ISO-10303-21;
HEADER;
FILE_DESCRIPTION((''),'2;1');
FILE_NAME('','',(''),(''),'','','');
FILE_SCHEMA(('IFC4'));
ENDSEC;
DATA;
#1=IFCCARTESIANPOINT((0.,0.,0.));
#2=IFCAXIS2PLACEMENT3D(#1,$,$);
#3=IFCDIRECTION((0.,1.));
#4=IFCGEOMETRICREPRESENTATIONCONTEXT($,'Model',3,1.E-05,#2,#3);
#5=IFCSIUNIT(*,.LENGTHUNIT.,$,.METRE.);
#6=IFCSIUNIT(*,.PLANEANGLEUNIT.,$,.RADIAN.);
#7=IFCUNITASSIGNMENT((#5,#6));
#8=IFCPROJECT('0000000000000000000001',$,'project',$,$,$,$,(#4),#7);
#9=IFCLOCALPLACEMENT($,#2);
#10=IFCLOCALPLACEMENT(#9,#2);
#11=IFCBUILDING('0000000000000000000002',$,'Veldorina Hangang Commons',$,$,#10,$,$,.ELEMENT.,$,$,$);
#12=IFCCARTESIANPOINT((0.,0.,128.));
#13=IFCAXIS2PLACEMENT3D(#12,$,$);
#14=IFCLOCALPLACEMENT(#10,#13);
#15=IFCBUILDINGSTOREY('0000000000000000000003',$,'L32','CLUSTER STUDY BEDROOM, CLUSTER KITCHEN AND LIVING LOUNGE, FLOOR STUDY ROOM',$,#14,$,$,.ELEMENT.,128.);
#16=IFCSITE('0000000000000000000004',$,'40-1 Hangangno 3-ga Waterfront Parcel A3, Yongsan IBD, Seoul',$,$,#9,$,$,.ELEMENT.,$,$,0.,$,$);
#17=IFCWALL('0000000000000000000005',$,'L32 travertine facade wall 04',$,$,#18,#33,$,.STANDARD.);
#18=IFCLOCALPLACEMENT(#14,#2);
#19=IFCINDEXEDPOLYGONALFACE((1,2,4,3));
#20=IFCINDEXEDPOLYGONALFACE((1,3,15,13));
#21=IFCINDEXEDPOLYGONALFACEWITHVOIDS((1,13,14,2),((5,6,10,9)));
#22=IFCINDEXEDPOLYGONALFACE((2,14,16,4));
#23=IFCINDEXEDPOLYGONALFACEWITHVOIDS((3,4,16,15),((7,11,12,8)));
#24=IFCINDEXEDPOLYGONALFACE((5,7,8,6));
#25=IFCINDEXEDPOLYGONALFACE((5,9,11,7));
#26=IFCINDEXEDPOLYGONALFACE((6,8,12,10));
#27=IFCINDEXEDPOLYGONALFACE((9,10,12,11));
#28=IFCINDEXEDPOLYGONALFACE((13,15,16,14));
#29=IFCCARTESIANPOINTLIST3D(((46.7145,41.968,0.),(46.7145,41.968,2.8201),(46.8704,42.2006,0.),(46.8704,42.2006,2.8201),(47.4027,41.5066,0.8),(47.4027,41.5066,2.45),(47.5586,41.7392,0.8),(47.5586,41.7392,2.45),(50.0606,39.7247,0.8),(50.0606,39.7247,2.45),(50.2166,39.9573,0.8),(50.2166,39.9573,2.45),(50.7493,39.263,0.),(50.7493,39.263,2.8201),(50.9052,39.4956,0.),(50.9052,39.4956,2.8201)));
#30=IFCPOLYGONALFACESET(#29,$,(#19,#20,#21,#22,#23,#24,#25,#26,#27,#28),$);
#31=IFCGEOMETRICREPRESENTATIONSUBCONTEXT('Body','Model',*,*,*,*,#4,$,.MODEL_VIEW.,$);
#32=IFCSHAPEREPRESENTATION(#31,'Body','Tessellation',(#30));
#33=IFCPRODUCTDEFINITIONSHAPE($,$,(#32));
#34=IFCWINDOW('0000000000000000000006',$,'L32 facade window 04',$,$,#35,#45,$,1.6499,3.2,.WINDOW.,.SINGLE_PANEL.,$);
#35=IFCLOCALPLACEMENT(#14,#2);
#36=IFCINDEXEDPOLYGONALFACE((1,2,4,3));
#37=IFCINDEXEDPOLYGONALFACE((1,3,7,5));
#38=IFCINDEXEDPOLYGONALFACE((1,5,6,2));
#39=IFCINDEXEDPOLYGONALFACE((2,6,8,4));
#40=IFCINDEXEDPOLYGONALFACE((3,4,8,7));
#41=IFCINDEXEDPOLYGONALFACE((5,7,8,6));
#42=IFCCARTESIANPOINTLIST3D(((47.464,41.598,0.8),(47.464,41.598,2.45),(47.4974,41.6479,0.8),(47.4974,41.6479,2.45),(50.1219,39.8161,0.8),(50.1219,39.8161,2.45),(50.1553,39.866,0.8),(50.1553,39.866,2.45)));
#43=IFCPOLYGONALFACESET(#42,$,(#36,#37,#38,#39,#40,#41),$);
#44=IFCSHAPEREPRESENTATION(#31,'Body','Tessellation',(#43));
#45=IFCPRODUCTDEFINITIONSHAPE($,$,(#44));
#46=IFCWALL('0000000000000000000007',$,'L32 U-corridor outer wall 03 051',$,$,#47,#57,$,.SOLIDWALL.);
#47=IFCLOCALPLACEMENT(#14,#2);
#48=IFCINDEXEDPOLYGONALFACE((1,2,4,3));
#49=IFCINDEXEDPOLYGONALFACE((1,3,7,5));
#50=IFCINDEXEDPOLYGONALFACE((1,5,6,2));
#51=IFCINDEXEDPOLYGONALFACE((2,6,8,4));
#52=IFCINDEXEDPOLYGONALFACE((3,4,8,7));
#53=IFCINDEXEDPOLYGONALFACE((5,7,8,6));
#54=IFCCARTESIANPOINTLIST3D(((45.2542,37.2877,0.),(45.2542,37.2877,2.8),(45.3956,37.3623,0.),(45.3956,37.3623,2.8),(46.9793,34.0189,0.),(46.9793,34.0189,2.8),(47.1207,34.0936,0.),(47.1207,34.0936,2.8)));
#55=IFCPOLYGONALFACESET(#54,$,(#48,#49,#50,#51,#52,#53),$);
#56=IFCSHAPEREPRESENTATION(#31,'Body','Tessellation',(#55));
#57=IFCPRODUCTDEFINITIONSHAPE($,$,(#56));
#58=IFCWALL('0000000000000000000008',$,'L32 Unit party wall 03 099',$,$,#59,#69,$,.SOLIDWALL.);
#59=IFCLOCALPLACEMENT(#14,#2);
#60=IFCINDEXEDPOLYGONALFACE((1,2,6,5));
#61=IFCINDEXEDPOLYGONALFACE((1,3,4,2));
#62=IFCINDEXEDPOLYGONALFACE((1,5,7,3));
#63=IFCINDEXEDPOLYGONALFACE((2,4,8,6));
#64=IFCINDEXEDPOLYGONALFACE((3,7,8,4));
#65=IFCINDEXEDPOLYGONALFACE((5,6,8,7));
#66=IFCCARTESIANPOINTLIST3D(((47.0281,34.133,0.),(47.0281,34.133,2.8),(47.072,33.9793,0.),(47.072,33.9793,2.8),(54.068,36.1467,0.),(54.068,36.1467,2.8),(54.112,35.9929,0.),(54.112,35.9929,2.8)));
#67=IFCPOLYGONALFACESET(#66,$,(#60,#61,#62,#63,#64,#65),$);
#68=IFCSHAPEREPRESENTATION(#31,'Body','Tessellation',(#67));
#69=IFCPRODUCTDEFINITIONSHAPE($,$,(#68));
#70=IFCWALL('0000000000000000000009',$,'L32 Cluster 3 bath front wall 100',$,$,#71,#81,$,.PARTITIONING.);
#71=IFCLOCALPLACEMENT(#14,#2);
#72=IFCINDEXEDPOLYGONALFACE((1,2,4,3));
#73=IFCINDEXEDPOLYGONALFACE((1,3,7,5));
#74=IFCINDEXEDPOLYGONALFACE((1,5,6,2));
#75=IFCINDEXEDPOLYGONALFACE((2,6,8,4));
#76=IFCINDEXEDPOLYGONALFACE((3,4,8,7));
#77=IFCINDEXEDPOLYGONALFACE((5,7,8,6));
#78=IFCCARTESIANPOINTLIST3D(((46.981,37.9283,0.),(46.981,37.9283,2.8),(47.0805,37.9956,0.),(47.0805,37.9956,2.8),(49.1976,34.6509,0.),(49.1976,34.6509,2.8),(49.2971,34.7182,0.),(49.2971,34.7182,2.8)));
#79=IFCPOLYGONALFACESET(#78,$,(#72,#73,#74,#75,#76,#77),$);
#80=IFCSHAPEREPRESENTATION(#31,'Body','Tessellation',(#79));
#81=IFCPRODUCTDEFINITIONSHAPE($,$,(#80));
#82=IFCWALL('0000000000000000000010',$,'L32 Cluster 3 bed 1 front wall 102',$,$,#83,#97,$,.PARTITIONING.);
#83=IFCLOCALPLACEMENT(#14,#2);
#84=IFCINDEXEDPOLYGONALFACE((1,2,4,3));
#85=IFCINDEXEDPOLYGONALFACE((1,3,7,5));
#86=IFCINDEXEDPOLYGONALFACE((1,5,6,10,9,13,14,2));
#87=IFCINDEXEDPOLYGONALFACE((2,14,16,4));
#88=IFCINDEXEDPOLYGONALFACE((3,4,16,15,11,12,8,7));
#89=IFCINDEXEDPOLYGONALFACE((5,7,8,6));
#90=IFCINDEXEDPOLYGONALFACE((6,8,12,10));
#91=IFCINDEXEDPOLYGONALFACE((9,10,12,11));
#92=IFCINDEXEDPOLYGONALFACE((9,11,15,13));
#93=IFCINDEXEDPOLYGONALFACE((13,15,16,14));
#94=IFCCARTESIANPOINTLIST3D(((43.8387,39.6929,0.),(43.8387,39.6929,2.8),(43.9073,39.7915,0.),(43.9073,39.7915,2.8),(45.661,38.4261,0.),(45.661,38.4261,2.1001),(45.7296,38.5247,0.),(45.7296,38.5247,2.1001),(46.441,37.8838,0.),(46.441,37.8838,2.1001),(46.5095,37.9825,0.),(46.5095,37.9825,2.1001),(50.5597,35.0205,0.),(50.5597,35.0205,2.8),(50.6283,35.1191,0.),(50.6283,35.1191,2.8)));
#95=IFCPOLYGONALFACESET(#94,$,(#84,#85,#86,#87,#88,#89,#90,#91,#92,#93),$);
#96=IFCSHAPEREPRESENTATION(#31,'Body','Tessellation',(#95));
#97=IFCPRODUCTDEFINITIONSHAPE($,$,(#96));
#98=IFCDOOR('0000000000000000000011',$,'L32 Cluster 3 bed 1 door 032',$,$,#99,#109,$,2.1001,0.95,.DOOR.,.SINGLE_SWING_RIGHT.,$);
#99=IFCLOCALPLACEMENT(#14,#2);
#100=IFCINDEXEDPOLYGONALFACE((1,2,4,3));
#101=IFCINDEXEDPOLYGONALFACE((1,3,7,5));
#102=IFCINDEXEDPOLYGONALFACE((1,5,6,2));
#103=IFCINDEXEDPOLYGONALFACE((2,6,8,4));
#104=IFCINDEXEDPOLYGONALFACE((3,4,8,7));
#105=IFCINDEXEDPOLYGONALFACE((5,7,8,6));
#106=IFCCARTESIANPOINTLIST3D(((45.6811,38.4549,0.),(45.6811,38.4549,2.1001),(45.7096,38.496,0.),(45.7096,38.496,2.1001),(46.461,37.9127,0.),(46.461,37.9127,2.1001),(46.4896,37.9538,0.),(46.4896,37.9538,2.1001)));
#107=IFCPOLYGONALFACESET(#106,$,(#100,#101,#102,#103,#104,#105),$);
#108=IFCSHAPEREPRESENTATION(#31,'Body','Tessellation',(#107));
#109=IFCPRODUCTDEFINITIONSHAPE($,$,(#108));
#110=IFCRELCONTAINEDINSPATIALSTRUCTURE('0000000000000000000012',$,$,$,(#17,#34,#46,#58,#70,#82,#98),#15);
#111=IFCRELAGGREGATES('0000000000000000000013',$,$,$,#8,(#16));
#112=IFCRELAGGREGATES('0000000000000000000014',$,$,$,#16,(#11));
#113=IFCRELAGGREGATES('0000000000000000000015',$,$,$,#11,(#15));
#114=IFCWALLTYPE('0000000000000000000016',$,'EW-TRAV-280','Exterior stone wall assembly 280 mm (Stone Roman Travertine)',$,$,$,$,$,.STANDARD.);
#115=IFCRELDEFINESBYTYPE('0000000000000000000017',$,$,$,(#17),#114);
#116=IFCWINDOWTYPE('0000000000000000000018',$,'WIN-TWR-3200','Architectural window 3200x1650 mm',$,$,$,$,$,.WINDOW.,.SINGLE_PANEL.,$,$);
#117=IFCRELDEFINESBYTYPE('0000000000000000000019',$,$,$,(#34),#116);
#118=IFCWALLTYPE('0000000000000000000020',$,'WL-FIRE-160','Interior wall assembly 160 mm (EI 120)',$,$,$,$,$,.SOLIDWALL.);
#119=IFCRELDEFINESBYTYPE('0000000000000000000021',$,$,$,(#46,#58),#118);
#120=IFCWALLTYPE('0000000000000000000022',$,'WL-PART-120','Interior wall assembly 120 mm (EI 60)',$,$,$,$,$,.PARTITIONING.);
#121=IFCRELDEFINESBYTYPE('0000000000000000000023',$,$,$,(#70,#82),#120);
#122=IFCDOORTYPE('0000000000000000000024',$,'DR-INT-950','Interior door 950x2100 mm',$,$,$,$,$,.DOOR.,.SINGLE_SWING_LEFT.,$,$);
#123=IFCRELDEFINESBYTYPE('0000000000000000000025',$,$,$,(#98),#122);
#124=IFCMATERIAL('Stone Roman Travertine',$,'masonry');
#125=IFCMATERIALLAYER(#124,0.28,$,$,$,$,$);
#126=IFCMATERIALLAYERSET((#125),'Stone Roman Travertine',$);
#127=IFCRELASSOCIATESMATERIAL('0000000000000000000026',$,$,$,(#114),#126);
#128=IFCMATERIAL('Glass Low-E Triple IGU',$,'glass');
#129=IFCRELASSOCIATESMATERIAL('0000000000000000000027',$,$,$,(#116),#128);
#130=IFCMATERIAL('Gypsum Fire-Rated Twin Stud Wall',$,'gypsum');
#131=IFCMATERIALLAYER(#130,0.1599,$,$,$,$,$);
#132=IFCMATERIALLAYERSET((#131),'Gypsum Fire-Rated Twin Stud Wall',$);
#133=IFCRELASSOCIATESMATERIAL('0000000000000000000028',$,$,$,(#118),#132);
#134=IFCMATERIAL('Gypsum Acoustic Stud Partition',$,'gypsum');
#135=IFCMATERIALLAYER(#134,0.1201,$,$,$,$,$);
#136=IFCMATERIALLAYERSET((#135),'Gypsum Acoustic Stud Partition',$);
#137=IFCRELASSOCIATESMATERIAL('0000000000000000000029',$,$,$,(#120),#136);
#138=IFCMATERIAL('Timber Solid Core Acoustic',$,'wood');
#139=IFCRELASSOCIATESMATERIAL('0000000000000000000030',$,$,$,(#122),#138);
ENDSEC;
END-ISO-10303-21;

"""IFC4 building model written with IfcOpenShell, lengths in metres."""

from ifc_helpers import new_model, si_unit, direction, frame, frame_2d, origin, place, context, subcontext, project, spatial, rectangle, extrude, material, layer, layer_set, type_object, element, fill, save


model = new_model("IFC4")

# Units and contexts
model_context = context("Model", 3, precision=1e-05, world=origin(), true_north=direction((0.0, 1.0)))
body_context = subcontext(model_context, "Body", "Model", "MODEL_VIEW")
ifc_project = project(units=[si_unit("LENGTHUNIT", "METRE"), si_unit("PLANEANGLEUNIT", "RADIAN")], contexts=[model_context])

# Site, building, storey
site_placement = place(None, origin())
site = spatial("IfcSite", under=ifc_project, at=site_placement, Name="40-1 Hangangno 3-ga Waterfront Parcel A3, Yongsan IBD, Seoul", CompositionType="ELEMENT", RefElevation=0.0)
building_placement = place(site_placement, origin())
building = spatial("IfcBuilding", under=site, at=building_placement, Name="Veldorina Hangang Commons", CompositionType="ELEMENT")
storey_placement = place(building_placement, frame((0.0, 0.0, 128.0)))
storey = spatial("IfcBuildingStorey", under=building, at=storey_placement, Name="L32", Description="CLUSTER STUDY BEDROOM, CLUSTER KITCHEN AND LIVING LOUNGE, FLOOR STUDY ROOM", CompositionType="ELEMENT", Elevation=128.0)

# Shared definitions
ifc_material_1 = material(Name="Stone Roman Travertine", Category="masonry")
ifc_layer_1 = layer(ifc_material_1, 0.28)
ifc_layer_set_1 = layer_set([ifc_layer_1], Name="Stone Roman Travertine")
wall_type_1 = type_object("IfcWallType", Name="EW-TRAV-280", Description="Exterior stone wall assembly 280 mm (Stone Roman Travertine)", PredefinedType="STANDARD", material=ifc_layer_set_1)
ifc_material_2 = material(Name="Glass Low-E Triple IGU", Category="glass")
window_type = type_object("IfcWindowType", Name="WIN-TWR-3200", Description="Architectural window 3200x1650 mm", PartitioningType="SINGLE_PANEL", PredefinedType="WINDOW", material=ifc_material_2)

# Wall, opening, window
wall_1_placement = place(storey_placement, frame((50.8271, 39.3794, 0.0), z_axis=(0.0, 0.0, 1.0), x_axis=(-0.830609, 0.556856, 0.0)))
wall_1 = element("IfcWall", 1, at=wall_1_placement, inside=storey, type_object=wall_type_1, Name="L32 travertine facade wall 04", PredefinedType="STANDARD", context=body_context, shape_type="SweptSolid", body=[
    extrude(rectangle(XDim=4.8577, YDim=0.28, at=frame_2d((2.4287, 0.0))), origin(), (0.0, 0.0, 1.0), 2.8201),
])
opening_1_placement = place(wall_1_placement, frame((0.8289, 0.0, 0.8)))
opening_1 = element("IfcOpeningElement", 2, at=opening_1_placement, cuts=wall_1, PredefinedType="OPENING", context=body_context, shape_type="SweptSolid", body=[
    extrude(rectangle(XDim=3.2, YDim=1.6499, at=frame_2d((1.6001, 0.825))), frame((0.0, 0.1499, 0.0), z_axis=(0.0, -1.0, 0.0), x_axis=(1.0, 0.0, 0.0)), (0.0, 0.0, 1.0), 0.3),
])
window_1_placement = place(opening_1_placement, origin())
window_1 = element("IfcWindow", 3, at=window_1_placement, inside=storey, type_object=window_type, Name="L32 facade window 04", OverallHeight=1.6499, OverallWidth=3.2, PartitioningType="SINGLE_PANEL", PredefinedType="WINDOW", context=body_context, shape_type="SweptSolid", body=[
    extrude(rectangle(XDim=3.2, YDim=1.6499, at=frame_2d((1.6001, 0.825))), frame((0.0, 0.03, 0.0), z_axis=(0.0, -1.0, 0.0), x_axis=(1.0, 0.0, 0.0)), (0.0, 0.0, 1.0), 0.0601),
])
fill(opening_1, window_1)

# Walls
ifc_material_3 = material(Name="Gypsum Fire-Rated Twin Stud Wall", Category="gypsum")
ifc_layer_2 = layer(ifc_material_3, 0.1599)
ifc_layer_set_2 = layer_set([ifc_layer_2], Name="Gypsum Fire-Rated Twin Stud Wall")
wall_type_2 = type_object("IfcWallType", Name="WL-FIRE-160", Description="Interior wall assembly 160 mm (EI 120)", PredefinedType="SOLIDWALL", material=ifc_layer_set_2)
wall_2_placement = place(storey_placement, frame((47.05, 34.0562, 0.0), z_axis=(0.0, 0.0, 1.0), x_axis=(-0.466737, 0.884396, 0.0)))
element("IfcWall", 4, at=wall_2_placement, inside=storey, type_object=wall_type_2, Name="L32 U-corridor outer wall 03 051", PredefinedType="SOLIDWALL", context=body_context, shape_type="SweptSolid", body=[
    extrude(rectangle(XDim=3.696, YDim=0.1599, at=frame_2d((1.8481, 0.0))), origin(), (0.0, 0.0, 1.0), 2.8),
])
wall_3_placement = place(storey_placement, frame((47.05, 34.0562, 0.0), z_axis=(0.0, 0.0, 1.0), x_axis=(0.961443, 0.275003, 0.0)))
element("IfcWall", 5, at=wall_3_placement, inside=storey, type_object=wall_type_2, Name="L32 Unit party wall 03 099", PredefinedType="SOLIDWALL", context=body_context, shape_type="SweptSolid", body=[
    extrude(rectangle(XDim=7.3223, YDim=0.1599, at=frame_2d((3.6611, 0.0))), origin(), (0.0, 0.0, 1.0), 2.8),
])
ifc_material_4 = material(Name="Gypsum Acoustic Stud Partition", Category="gypsum")
ifc_layer_3 = layer(ifc_material_4, 0.1201)
ifc_layer_set_3 = layer_set([ifc_layer_3], Name="Gypsum Acoustic Stud Partition")
wall_type_3 = type_object("IfcWallType", Name="WL-PART-120", Description="Interior wall assembly 120 mm (EI 60)", PredefinedType="PARTITIONING", material=ifc_layer_set_3)
wall_4_placement = place(storey_placement, frame((49.2473, 34.6846, 0.0), z_axis=(0.0, 0.0, 1.0), x_axis=(-0.560227, 0.828339, 0.0)))
element("IfcWall", 6, at=wall_4_placement, inside=storey, type_object=wall_type_3, Name="L32 Cluster 3 bath front wall 100", PredefinedType="PARTITIONING", context=body_context, shape_type="SweptSolid", body=[
    extrude(rectangle(XDim=3.9565, YDim=0.1201, at=frame_2d((1.9783, 0.0))), origin(), (0.0, 0.0, 1.0), 2.8),
])

# Wall, opening, door
wall_5_placement = place(storey_placement, frame((50.594, 35.0698, 0.0), z_axis=(0.0, 0.0, 1.0), x_axis=(-0.821081, 0.570811, 0.0)))
wall_5 = element("IfcWall", 7, at=wall_5_placement, inside=storey, type_object=wall_type_3, Name="L32 Cluster 3 bed 1 front wall 102", PredefinedType="PARTITIONING", context=body_context, shape_type="SweptSolid", body=[
    extrude(rectangle(XDim=8.1855, YDim=0.1201, at=frame_2d((4.0928, 0.0))), origin(), (0.0, 0.0, 1.0), 2.8),
])
opening_2_placement = place(wall_5_placement, frame((5.0161, 0.0, 0.0)))
opening_2 = element("IfcOpeningElement", 8, at=opening_2_placement, cuts=wall_5, PredefinedType="OPENING", context=body_context, shape_type="SweptSolid", body=[
    extrude(rectangle(XDim=0.95, YDim=2.1001, at=frame_2d((0.4751, 1.05))), frame((0.0, 0.0701, 0.0), z_axis=(0.0, -1.0, 0.0), x_axis=(1.0, 0.0, 0.0)), (0.0, 0.0, 1.0), 0.1401),
])
ifc_material_5 = material(Name="Timber Solid Core Acoustic", Category="wood")
door_type = type_object("IfcDoorType", Name="DR-INT-950", Description="Interior door 950x2100 mm", OperationType="SINGLE_SWING_LEFT", PredefinedType="DOOR", material=ifc_material_5)
door_placement = place(opening_2_placement, origin())
door = element("IfcDoor", 9, at=door_placement, inside=storey, type_object=door_type, Name="L32 Cluster 3 bed 1 door 032", OperationType="SINGLE_SWING_RIGHT", OverallHeight=2.1001, OverallWidth=0.95, PredefinedType="DOOR", context=body_context, shape_type="SweptSolid", body=[
    extrude(rectangle(XDim=0.95, YDim=2.1001, at=frame_2d((0.4751, 1.05))), frame((0.0, 0.0249, 0.0), z_axis=(0.0, -1.0, 0.0), x_axis=(1.0, 0.0, 0.0)), (0.0, 0.0, 1.0), 0.05),
])
fill(opening_2, door)

save(model, "model.ifc")
